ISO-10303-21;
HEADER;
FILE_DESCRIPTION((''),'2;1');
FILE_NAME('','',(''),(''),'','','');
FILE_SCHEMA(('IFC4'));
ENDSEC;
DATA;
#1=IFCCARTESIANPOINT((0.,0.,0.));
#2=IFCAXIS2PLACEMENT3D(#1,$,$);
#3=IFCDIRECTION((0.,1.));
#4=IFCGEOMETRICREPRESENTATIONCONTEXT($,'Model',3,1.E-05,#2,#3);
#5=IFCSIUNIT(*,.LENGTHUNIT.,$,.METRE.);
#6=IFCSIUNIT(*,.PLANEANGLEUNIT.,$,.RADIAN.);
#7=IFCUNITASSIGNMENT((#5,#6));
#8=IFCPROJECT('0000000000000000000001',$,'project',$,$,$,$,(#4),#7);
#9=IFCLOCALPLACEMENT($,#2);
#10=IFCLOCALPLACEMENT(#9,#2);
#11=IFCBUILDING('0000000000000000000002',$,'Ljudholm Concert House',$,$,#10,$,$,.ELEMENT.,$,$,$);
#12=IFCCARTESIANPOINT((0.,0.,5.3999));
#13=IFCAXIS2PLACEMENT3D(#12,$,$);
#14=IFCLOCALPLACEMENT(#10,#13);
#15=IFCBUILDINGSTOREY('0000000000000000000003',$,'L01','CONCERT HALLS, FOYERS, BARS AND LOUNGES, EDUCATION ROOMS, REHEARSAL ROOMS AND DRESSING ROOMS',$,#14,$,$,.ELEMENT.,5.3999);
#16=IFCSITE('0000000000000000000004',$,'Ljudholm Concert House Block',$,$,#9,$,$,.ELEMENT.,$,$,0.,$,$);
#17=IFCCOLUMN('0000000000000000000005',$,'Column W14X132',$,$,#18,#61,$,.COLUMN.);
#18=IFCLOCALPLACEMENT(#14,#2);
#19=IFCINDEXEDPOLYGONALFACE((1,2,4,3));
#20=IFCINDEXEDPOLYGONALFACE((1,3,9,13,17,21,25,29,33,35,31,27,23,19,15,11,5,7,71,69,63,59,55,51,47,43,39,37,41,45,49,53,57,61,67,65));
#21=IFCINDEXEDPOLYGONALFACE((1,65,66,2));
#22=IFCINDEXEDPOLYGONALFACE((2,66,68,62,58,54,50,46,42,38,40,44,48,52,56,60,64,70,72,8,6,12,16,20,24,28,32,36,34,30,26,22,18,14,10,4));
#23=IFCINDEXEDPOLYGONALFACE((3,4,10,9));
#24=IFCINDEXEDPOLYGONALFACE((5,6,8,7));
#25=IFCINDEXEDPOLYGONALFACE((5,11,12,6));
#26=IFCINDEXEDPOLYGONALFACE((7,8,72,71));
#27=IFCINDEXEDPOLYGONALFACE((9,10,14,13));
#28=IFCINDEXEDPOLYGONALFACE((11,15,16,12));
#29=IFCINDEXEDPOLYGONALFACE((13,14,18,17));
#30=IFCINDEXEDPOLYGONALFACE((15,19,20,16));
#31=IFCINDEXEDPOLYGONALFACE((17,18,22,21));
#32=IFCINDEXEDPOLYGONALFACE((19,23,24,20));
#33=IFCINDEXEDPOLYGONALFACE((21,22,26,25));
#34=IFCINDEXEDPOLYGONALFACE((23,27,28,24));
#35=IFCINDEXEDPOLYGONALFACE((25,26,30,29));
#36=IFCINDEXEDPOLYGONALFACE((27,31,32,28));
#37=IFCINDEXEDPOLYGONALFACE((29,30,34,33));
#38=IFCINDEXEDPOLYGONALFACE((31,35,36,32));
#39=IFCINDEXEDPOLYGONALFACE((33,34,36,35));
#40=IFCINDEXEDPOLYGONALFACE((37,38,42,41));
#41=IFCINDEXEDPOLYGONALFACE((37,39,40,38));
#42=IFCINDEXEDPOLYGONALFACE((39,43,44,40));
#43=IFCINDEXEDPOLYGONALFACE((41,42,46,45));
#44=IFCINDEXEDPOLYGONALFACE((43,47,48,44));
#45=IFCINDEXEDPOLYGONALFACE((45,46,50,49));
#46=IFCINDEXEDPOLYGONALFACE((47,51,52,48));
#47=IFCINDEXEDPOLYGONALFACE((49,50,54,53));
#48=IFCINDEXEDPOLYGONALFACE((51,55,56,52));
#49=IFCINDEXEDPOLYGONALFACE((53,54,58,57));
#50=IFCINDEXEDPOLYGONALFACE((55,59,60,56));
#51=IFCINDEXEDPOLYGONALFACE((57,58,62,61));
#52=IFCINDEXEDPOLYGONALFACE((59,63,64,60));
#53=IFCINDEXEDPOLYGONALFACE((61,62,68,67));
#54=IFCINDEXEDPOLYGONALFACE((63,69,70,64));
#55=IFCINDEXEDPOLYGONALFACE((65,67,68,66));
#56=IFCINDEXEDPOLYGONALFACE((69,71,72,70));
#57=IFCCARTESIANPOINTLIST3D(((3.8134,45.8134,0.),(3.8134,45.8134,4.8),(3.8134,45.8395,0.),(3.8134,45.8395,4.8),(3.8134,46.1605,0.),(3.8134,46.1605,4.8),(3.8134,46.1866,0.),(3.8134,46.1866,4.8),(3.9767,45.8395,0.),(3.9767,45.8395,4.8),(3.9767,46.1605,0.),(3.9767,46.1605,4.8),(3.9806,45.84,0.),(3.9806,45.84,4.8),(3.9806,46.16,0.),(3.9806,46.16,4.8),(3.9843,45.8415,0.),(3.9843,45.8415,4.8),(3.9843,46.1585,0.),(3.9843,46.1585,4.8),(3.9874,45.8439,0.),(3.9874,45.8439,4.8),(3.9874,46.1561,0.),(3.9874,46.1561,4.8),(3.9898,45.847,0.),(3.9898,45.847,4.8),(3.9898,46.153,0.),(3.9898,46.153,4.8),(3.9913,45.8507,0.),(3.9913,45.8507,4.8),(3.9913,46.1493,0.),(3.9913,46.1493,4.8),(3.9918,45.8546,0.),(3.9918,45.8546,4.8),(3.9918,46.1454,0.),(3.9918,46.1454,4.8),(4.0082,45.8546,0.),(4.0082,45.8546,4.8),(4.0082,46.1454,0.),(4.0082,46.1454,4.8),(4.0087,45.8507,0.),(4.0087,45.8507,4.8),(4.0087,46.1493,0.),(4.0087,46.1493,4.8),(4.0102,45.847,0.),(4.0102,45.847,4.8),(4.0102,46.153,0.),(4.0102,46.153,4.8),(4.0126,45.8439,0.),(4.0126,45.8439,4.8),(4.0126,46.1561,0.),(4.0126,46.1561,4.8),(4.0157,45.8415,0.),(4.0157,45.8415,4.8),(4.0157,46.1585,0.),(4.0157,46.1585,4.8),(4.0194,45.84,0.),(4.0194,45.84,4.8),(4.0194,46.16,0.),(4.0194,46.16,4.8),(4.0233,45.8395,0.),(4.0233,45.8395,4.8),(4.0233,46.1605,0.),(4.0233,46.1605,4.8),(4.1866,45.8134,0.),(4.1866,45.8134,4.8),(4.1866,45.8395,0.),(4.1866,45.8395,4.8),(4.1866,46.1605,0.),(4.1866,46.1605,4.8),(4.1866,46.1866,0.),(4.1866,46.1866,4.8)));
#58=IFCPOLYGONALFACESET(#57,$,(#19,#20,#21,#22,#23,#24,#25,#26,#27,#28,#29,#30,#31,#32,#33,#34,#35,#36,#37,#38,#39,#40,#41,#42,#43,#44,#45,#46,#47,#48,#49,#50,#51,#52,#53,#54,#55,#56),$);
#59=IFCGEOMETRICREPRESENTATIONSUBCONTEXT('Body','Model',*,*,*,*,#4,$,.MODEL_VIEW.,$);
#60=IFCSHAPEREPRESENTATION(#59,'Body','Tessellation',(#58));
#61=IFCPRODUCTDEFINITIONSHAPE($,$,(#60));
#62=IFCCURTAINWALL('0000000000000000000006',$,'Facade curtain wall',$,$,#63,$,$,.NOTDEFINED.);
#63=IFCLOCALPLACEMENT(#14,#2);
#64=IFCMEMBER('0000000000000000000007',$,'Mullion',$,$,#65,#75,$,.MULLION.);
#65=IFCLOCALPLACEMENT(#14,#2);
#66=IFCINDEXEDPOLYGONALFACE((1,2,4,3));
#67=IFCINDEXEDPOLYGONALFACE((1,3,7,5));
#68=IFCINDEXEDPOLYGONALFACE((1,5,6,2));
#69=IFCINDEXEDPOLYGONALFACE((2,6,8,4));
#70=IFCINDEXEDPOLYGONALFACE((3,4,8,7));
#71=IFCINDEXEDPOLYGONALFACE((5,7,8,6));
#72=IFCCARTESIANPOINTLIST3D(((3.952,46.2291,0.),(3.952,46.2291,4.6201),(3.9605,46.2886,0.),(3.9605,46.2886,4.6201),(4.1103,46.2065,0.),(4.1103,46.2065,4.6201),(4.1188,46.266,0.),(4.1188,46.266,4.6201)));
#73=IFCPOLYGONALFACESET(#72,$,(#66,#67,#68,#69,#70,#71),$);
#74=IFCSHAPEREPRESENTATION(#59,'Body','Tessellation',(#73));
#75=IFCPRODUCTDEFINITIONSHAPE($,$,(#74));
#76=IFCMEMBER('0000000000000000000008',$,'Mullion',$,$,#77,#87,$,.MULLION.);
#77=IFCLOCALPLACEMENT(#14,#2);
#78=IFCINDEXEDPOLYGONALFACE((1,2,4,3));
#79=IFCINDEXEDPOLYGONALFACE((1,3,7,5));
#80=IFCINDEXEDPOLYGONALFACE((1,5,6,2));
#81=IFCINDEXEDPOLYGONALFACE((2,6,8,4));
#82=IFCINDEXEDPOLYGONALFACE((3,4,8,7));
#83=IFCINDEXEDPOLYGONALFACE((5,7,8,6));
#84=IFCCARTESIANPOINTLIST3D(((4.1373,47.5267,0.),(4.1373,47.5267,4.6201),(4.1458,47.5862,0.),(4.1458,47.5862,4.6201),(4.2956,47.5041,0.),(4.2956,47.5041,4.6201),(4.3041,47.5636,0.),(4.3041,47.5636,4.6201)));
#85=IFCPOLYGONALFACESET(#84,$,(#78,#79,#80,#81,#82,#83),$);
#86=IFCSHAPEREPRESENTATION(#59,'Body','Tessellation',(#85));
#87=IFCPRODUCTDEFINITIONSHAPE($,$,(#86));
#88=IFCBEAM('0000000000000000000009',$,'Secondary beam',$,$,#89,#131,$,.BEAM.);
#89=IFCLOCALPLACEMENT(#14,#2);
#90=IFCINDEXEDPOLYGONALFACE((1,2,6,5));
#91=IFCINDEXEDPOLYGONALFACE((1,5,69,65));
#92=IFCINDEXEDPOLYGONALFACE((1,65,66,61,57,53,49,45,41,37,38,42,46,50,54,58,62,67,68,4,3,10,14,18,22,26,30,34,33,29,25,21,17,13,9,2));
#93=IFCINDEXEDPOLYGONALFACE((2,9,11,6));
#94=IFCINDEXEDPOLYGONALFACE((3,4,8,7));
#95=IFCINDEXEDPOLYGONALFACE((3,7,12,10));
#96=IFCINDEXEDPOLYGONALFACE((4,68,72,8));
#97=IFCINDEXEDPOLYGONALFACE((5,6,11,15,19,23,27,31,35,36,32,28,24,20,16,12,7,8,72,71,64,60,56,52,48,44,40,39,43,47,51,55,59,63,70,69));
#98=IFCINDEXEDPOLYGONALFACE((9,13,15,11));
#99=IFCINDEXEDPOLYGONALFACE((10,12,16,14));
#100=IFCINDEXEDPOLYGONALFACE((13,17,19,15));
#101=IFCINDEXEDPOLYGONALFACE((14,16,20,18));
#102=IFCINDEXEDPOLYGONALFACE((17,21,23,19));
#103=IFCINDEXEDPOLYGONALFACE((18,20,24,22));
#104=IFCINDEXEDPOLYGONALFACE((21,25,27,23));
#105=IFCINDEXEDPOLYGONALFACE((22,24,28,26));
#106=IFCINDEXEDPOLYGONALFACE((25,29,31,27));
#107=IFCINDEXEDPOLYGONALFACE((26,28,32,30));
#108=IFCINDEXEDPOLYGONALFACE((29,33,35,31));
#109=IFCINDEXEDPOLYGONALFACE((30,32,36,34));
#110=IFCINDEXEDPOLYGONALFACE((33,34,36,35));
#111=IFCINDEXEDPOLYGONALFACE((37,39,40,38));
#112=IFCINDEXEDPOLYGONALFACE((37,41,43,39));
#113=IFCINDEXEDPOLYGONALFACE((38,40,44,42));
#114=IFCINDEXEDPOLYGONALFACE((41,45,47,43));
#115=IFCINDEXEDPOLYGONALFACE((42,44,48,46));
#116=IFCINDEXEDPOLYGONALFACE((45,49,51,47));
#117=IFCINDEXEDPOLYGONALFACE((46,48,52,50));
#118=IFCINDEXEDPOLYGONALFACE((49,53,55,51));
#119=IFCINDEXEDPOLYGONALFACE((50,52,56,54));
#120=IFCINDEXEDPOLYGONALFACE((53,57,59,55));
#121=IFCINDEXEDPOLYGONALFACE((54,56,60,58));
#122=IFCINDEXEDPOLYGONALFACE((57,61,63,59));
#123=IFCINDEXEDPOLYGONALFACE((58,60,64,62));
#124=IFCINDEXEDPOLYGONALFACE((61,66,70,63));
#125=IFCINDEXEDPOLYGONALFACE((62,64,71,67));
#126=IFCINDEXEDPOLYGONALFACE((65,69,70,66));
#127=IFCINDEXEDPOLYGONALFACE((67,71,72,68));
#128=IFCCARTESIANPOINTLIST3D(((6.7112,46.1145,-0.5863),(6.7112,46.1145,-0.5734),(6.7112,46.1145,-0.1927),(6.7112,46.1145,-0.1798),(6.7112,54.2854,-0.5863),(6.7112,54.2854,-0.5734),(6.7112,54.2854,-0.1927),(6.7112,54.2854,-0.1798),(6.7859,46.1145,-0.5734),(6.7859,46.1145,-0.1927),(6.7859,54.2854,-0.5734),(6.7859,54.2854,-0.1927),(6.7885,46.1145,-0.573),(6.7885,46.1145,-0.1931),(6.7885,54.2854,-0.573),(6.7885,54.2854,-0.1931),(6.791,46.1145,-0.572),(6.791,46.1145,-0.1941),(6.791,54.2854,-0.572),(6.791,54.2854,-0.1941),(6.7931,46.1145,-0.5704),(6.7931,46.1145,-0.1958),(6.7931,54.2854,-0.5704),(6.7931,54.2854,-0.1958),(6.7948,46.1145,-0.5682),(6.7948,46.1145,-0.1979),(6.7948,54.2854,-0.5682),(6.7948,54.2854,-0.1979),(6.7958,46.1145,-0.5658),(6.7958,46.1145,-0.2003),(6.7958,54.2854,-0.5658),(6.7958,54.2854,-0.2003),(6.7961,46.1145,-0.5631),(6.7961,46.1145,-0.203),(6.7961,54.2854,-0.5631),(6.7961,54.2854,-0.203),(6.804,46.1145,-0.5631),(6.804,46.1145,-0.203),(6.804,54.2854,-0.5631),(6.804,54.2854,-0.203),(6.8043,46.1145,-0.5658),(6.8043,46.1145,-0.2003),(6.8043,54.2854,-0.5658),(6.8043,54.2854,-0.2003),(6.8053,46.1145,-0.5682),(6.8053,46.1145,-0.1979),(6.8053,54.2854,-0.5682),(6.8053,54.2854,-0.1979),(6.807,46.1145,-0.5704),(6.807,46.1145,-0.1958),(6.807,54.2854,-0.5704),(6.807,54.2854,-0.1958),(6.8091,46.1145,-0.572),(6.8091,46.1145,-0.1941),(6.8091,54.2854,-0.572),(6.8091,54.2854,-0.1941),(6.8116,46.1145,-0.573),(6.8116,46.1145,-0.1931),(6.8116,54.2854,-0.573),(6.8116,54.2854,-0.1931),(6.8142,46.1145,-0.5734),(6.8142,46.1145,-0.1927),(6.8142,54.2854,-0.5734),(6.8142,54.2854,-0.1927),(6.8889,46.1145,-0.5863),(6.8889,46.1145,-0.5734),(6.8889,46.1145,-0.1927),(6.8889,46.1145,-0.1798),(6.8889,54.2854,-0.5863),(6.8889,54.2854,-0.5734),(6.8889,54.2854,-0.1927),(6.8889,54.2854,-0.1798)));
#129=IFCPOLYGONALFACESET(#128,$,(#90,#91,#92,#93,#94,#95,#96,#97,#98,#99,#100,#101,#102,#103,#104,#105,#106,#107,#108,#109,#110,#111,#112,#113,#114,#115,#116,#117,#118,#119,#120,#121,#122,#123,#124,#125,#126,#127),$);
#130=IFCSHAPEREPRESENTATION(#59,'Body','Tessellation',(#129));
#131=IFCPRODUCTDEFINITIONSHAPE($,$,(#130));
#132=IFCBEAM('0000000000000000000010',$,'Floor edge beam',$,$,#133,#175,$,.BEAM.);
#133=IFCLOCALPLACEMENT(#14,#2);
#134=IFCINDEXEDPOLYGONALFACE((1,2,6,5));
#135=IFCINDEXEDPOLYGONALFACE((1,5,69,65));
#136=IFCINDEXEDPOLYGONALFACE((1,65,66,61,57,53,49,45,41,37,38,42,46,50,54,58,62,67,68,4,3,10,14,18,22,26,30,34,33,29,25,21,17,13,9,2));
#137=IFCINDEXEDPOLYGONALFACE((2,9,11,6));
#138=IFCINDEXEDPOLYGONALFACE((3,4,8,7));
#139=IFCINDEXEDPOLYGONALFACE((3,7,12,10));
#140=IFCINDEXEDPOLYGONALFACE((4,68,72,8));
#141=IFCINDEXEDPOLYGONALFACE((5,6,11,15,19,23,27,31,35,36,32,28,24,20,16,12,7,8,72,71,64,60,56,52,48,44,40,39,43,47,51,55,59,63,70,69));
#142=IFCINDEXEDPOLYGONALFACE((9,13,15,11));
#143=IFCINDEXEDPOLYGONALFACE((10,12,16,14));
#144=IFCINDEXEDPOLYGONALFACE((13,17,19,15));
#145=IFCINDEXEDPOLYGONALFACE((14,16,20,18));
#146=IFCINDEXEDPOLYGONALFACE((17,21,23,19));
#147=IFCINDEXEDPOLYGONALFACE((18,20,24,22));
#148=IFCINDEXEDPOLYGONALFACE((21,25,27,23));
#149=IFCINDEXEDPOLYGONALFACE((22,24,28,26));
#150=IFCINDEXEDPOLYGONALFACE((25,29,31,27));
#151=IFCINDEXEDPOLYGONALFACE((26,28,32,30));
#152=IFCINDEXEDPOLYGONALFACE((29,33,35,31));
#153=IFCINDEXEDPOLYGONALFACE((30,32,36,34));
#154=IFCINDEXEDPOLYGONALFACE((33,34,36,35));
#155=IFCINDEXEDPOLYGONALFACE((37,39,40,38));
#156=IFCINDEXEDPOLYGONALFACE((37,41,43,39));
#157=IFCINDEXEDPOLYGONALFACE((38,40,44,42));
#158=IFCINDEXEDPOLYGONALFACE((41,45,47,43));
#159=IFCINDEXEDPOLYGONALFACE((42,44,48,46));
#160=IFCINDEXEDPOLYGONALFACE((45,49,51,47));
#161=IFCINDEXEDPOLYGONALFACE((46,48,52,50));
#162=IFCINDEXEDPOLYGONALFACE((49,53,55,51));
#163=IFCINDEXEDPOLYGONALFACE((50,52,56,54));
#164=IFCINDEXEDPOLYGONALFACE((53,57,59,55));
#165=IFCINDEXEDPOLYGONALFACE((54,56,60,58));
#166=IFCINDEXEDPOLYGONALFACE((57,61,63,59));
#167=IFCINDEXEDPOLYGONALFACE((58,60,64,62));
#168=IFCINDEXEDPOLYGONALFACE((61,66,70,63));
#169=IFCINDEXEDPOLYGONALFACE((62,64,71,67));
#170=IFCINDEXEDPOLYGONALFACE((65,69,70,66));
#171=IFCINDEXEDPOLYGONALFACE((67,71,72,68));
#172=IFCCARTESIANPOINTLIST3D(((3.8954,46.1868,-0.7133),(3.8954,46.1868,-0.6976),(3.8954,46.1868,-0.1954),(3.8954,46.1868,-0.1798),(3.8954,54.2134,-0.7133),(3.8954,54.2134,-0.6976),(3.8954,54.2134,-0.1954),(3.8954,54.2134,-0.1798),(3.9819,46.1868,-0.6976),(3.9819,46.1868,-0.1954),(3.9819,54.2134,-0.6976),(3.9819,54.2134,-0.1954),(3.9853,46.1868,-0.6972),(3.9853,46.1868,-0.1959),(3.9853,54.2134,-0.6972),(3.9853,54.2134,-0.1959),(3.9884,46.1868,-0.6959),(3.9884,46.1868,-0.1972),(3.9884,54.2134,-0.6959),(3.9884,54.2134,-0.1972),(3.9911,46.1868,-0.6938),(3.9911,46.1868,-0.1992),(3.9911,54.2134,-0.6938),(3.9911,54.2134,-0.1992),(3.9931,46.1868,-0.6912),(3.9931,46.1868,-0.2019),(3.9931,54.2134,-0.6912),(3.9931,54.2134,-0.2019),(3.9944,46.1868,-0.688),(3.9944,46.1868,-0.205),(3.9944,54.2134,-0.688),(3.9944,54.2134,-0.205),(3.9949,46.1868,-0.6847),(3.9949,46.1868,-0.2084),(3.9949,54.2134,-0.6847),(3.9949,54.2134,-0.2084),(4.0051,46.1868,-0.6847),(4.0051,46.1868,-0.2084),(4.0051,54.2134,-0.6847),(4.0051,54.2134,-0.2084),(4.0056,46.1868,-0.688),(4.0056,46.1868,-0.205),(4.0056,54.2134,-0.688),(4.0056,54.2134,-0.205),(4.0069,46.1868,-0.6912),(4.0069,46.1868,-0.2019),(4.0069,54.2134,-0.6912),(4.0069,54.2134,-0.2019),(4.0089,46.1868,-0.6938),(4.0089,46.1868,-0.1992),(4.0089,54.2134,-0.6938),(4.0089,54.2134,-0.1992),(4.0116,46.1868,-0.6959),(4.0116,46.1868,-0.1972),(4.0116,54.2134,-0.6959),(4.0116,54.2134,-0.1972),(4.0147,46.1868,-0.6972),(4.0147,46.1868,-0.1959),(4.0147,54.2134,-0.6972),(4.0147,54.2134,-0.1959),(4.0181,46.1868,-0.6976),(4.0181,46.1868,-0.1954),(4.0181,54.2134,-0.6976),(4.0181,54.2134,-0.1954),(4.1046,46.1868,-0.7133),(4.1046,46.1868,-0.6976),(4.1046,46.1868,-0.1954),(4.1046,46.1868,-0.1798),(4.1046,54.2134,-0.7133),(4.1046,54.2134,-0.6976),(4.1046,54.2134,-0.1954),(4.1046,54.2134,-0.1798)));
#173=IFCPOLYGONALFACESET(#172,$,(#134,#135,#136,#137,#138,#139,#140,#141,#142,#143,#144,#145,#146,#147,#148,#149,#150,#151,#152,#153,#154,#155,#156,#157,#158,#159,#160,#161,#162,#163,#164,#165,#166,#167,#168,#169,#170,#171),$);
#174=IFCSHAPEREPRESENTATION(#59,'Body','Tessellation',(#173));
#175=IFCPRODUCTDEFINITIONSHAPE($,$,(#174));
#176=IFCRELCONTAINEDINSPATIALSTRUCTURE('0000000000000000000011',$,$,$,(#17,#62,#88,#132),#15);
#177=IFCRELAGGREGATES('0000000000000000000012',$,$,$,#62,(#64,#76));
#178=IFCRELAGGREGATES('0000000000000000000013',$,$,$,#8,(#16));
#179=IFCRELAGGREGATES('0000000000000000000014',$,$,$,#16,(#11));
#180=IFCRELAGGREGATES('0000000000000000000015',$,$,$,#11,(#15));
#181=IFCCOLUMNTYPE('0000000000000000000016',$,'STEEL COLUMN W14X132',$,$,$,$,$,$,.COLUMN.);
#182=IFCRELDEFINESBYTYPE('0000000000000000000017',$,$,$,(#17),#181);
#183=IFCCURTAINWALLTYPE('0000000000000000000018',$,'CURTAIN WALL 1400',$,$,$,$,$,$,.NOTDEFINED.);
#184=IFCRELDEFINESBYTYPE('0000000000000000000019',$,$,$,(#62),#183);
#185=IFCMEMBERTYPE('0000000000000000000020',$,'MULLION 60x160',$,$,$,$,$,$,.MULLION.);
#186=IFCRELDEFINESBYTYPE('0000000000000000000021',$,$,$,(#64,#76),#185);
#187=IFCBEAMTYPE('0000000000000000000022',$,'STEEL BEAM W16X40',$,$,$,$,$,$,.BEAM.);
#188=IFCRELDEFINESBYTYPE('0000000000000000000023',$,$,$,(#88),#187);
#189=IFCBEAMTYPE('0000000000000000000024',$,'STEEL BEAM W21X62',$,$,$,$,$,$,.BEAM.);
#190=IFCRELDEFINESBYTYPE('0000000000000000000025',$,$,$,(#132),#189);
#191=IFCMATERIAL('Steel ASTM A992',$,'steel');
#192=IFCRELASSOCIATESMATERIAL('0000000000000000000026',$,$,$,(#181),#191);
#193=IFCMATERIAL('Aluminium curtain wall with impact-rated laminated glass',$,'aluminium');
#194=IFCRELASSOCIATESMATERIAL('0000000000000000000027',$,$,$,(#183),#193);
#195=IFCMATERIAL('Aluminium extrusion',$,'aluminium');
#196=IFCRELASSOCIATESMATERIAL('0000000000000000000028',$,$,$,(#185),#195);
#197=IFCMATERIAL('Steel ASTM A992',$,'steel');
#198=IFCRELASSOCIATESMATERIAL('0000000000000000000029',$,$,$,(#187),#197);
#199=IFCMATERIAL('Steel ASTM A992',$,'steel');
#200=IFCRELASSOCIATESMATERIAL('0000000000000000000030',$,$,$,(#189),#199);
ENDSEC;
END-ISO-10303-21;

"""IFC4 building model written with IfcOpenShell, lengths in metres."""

from ifc_helpers import new_model, si_unit, direction, frame, origin, origin_2d, place, context, subcontext, project, spatial, rectangle, i_section, extrude, material, material_profile, profile_set, type_object, element, aggregate, save


model = new_model("IFC4")

# Units and contexts
model_context = context("Model", 3, precision=1e-05, world=origin(), true_north=direction((0.0, 1.0)))
body_context = subcontext(model_context, "Body", "Model", "MODEL_VIEW")
ifc_project = project(units=[si_unit("LENGTHUNIT", "METRE"), si_unit("PLANEANGLEUNIT", "RADIAN")], contexts=[model_context])

# Site, building, storey
site_placement = place(None, origin())
site = spatial("IfcSite", under=ifc_project, at=site_placement, Name="Ljudholm Concert House Block", CompositionType="ELEMENT", RefElevation=0.0)
building_placement = place(site_placement, origin())
building = spatial("IfcBuilding", under=site, at=building_placement, Name="Ljudholm Concert House", CompositionType="ELEMENT")
storey_placement = place(building_placement, frame((0.0, 0.0, 5.3999)))
storey = spatial("IfcBuildingStorey", under=building, at=storey_placement, Name="L01", Description="CONCERT HALLS, FOYERS, BARS AND LOUNGES, EDUCATION ROOMS, REHEARSAL ROOMS AND DRESSING ROOMS", CompositionType="ELEMENT", Elevation=5.3999)

# Column
ifc_material_1 = material(Name="Steel ASTM A992", Category="steel")
ifc_material_profile_1 = material_profile(ifc_material_1, i_section(OverallWidth=0.3733, OverallDepth=0.3733, WebThickness=0.0164, FlangeThickness=0.0261, FilletRadius=0.0151, at=origin_2d()), Name="W14X132")
ifc_profile_set_1 = profile_set([ifc_material_profile_1], Name="Steel ASTM A992")
column_type = type_object("IfcColumnType", Name="STEEL COLUMN W14X132", PredefinedType="COLUMN", material=ifc_profile_set_1)
column_placement = place(storey_placement, frame((4.0, 46.0, 0.0), z_axis=(0.0, 0.0, 1.0), x_axis=(1.0, 0.0, 0.0)))
element("IfcColumn", 1, at=column_placement, inside=storey, type_object=column_type, Name="Column W14X132", PredefinedType="COLUMN", context=body_context, shape_type="SweptSolid", body=[
    extrude(i_section(OverallWidth=0.3733, OverallDepth=0.3733, WebThickness=0.0164, FlangeThickness=0.0261, FilletRadius=0.0151, at=origin_2d()), origin(), (0.0, 0.0, 1.0), 4.8),
])

# Curtain wall, members
ifc_material_2 = material(Name="Aluminium curtain wall with impact-rated laminated glass", Category="aluminium")
curtain_wall_type = type_object("IfcCurtainWallType", Name="CURTAIN WALL 1400", PredefinedType="NOTDEFINED", material=ifc_material_2)
curtain_wall_placement = place(storey_placement, origin())
curtain_wall = element("IfcCurtainWall", 2, at=curtain_wall_placement, inside=storey, type_object=curtain_wall_type, Name="Facade curtain wall", PredefinedType="NOTDEFINED")
ifc_material_3 = material(Name="Aluminium extrusion", Category="aluminium")
ifc_material_profile_2 = material_profile(ifc_material_3, rectangle(XDim=0.1599, YDim=0.0601, at=origin_2d()), Name="MULLION 60x160")
ifc_profile_set_2 = profile_set([ifc_material_profile_2], Name="Aluminium extrusion")
member_type_1 = type_object("IfcMemberType", Name="MULLION 60x160", PredefinedType="MULLION", material=ifc_profile_set_2)
member_1_placement = place(storey_placement, frame((4.0354, 46.2476, 0.0), z_axis=(0.0, 0.0, 1.0), x_axis=(-0.989949, 0.141421, 0.0)))
member_1 = element("IfcMember", 3, at=member_1_placement, type_object=member_type_1, Name="Mullion", PredefinedType="MULLION", context=body_context, shape_type="SweptSolid", body=[
    extrude(rectangle(XDim=0.1599, YDim=0.0601, at=origin_2d()), origin(), (0.0, 0.0, 1.0), 4.6201),
])
member_2_placement = place(storey_placement, frame((4.2207, 47.5452, 0.0), z_axis=(0.0, 0.0, 1.0), x_axis=(-0.989949, 0.141421, 0.0)))
member_2 = element("IfcMember", 4, at=member_2_placement, type_object=member_type_1, Name="Mullion", PredefinedType="MULLION", context=body_context, shape_type="SweptSolid", body=[
    extrude(rectangle(XDim=0.1599, YDim=0.0601, at=origin_2d()), origin(), (0.0, 0.0, 1.0), 4.6201),
])

# Beams
ifc_material_4 = material(Name="Steel ASTM A992", Category="steel")
ifc_material_profile_3 = material_profile(ifc_material_4, i_section(OverallWidth=0.1777, OverallDepth=0.4065, WebThickness=0.0078, FlangeThickness=0.0129, FilletRadius=0.0103, at=origin_2d()), Name="W16X40")
ifc_profile_set_3 = profile_set([ifc_material_profile_3], Name="Steel ASTM A992")
beam_type_1 = type_object("IfcBeamType", Name="STEEL BEAM W16X40", PredefinedType="BEAM", material=ifc_profile_set_3)
beam_1_placement = place(storey_placement, frame((6.8, 46.1145, -0.3831), z_axis=(0.0, 1.0, 0.0), x_axis=(-1.0, 0.0, 0.0)))
element("IfcBeam", 5, at=beam_1_placement, inside=storey, type_object=beam_type_1, Name="Secondary beam", PredefinedType="BEAM", context=body_context, shape_type="SweptSolid", body=[
    extrude(i_section(OverallWidth=0.1777, OverallDepth=0.4065, WebThickness=0.0078, FlangeThickness=0.0129, FilletRadius=0.0103, at=origin_2d()), origin(), (0.0, 0.0, 1.0), 8.1709),
])
ifc_material_5 = material(Name="Steel ASTM A992", Category="steel")
ifc_material_profile_4 = material_profile(ifc_material_5, i_section(OverallWidth=0.2092, OverallDepth=0.5334, WebThickness=0.0103, FlangeThickness=0.0156, FilletRadius=0.0129, at=origin_2d()), Name="W21X62")
ifc_profile_set_4 = profile_set([ifc_material_profile_4], Name="Steel ASTM A992")
beam_type_2 = type_object("IfcBeamType", Name="STEEL BEAM W21X62", PredefinedType="BEAM", material=ifc_profile_set_4)
beam_2_placement = place(storey_placement, frame((4.0, 46.1868, -0.4465), z_axis=(0.0, 1.0, 0.0), x_axis=(-1.0, 0.0, 0.0)))
element("IfcBeam", 6, at=beam_2_placement, inside=storey, type_object=beam_type_2, Name="Floor edge beam", PredefinedType="BEAM", context=body_context, shape_type="SweptSolid", body=[
    extrude(i_section(OverallWidth=0.2092, OverallDepth=0.5334, WebThickness=0.0103, FlangeThickness=0.0156, FilletRadius=0.0129, at=origin_2d()), origin(), (0.0, 0.0, 1.0), 8.0266),
])

aggregate(curtain_wall, [member_1, member_2])

save(model, "model.ifc")
